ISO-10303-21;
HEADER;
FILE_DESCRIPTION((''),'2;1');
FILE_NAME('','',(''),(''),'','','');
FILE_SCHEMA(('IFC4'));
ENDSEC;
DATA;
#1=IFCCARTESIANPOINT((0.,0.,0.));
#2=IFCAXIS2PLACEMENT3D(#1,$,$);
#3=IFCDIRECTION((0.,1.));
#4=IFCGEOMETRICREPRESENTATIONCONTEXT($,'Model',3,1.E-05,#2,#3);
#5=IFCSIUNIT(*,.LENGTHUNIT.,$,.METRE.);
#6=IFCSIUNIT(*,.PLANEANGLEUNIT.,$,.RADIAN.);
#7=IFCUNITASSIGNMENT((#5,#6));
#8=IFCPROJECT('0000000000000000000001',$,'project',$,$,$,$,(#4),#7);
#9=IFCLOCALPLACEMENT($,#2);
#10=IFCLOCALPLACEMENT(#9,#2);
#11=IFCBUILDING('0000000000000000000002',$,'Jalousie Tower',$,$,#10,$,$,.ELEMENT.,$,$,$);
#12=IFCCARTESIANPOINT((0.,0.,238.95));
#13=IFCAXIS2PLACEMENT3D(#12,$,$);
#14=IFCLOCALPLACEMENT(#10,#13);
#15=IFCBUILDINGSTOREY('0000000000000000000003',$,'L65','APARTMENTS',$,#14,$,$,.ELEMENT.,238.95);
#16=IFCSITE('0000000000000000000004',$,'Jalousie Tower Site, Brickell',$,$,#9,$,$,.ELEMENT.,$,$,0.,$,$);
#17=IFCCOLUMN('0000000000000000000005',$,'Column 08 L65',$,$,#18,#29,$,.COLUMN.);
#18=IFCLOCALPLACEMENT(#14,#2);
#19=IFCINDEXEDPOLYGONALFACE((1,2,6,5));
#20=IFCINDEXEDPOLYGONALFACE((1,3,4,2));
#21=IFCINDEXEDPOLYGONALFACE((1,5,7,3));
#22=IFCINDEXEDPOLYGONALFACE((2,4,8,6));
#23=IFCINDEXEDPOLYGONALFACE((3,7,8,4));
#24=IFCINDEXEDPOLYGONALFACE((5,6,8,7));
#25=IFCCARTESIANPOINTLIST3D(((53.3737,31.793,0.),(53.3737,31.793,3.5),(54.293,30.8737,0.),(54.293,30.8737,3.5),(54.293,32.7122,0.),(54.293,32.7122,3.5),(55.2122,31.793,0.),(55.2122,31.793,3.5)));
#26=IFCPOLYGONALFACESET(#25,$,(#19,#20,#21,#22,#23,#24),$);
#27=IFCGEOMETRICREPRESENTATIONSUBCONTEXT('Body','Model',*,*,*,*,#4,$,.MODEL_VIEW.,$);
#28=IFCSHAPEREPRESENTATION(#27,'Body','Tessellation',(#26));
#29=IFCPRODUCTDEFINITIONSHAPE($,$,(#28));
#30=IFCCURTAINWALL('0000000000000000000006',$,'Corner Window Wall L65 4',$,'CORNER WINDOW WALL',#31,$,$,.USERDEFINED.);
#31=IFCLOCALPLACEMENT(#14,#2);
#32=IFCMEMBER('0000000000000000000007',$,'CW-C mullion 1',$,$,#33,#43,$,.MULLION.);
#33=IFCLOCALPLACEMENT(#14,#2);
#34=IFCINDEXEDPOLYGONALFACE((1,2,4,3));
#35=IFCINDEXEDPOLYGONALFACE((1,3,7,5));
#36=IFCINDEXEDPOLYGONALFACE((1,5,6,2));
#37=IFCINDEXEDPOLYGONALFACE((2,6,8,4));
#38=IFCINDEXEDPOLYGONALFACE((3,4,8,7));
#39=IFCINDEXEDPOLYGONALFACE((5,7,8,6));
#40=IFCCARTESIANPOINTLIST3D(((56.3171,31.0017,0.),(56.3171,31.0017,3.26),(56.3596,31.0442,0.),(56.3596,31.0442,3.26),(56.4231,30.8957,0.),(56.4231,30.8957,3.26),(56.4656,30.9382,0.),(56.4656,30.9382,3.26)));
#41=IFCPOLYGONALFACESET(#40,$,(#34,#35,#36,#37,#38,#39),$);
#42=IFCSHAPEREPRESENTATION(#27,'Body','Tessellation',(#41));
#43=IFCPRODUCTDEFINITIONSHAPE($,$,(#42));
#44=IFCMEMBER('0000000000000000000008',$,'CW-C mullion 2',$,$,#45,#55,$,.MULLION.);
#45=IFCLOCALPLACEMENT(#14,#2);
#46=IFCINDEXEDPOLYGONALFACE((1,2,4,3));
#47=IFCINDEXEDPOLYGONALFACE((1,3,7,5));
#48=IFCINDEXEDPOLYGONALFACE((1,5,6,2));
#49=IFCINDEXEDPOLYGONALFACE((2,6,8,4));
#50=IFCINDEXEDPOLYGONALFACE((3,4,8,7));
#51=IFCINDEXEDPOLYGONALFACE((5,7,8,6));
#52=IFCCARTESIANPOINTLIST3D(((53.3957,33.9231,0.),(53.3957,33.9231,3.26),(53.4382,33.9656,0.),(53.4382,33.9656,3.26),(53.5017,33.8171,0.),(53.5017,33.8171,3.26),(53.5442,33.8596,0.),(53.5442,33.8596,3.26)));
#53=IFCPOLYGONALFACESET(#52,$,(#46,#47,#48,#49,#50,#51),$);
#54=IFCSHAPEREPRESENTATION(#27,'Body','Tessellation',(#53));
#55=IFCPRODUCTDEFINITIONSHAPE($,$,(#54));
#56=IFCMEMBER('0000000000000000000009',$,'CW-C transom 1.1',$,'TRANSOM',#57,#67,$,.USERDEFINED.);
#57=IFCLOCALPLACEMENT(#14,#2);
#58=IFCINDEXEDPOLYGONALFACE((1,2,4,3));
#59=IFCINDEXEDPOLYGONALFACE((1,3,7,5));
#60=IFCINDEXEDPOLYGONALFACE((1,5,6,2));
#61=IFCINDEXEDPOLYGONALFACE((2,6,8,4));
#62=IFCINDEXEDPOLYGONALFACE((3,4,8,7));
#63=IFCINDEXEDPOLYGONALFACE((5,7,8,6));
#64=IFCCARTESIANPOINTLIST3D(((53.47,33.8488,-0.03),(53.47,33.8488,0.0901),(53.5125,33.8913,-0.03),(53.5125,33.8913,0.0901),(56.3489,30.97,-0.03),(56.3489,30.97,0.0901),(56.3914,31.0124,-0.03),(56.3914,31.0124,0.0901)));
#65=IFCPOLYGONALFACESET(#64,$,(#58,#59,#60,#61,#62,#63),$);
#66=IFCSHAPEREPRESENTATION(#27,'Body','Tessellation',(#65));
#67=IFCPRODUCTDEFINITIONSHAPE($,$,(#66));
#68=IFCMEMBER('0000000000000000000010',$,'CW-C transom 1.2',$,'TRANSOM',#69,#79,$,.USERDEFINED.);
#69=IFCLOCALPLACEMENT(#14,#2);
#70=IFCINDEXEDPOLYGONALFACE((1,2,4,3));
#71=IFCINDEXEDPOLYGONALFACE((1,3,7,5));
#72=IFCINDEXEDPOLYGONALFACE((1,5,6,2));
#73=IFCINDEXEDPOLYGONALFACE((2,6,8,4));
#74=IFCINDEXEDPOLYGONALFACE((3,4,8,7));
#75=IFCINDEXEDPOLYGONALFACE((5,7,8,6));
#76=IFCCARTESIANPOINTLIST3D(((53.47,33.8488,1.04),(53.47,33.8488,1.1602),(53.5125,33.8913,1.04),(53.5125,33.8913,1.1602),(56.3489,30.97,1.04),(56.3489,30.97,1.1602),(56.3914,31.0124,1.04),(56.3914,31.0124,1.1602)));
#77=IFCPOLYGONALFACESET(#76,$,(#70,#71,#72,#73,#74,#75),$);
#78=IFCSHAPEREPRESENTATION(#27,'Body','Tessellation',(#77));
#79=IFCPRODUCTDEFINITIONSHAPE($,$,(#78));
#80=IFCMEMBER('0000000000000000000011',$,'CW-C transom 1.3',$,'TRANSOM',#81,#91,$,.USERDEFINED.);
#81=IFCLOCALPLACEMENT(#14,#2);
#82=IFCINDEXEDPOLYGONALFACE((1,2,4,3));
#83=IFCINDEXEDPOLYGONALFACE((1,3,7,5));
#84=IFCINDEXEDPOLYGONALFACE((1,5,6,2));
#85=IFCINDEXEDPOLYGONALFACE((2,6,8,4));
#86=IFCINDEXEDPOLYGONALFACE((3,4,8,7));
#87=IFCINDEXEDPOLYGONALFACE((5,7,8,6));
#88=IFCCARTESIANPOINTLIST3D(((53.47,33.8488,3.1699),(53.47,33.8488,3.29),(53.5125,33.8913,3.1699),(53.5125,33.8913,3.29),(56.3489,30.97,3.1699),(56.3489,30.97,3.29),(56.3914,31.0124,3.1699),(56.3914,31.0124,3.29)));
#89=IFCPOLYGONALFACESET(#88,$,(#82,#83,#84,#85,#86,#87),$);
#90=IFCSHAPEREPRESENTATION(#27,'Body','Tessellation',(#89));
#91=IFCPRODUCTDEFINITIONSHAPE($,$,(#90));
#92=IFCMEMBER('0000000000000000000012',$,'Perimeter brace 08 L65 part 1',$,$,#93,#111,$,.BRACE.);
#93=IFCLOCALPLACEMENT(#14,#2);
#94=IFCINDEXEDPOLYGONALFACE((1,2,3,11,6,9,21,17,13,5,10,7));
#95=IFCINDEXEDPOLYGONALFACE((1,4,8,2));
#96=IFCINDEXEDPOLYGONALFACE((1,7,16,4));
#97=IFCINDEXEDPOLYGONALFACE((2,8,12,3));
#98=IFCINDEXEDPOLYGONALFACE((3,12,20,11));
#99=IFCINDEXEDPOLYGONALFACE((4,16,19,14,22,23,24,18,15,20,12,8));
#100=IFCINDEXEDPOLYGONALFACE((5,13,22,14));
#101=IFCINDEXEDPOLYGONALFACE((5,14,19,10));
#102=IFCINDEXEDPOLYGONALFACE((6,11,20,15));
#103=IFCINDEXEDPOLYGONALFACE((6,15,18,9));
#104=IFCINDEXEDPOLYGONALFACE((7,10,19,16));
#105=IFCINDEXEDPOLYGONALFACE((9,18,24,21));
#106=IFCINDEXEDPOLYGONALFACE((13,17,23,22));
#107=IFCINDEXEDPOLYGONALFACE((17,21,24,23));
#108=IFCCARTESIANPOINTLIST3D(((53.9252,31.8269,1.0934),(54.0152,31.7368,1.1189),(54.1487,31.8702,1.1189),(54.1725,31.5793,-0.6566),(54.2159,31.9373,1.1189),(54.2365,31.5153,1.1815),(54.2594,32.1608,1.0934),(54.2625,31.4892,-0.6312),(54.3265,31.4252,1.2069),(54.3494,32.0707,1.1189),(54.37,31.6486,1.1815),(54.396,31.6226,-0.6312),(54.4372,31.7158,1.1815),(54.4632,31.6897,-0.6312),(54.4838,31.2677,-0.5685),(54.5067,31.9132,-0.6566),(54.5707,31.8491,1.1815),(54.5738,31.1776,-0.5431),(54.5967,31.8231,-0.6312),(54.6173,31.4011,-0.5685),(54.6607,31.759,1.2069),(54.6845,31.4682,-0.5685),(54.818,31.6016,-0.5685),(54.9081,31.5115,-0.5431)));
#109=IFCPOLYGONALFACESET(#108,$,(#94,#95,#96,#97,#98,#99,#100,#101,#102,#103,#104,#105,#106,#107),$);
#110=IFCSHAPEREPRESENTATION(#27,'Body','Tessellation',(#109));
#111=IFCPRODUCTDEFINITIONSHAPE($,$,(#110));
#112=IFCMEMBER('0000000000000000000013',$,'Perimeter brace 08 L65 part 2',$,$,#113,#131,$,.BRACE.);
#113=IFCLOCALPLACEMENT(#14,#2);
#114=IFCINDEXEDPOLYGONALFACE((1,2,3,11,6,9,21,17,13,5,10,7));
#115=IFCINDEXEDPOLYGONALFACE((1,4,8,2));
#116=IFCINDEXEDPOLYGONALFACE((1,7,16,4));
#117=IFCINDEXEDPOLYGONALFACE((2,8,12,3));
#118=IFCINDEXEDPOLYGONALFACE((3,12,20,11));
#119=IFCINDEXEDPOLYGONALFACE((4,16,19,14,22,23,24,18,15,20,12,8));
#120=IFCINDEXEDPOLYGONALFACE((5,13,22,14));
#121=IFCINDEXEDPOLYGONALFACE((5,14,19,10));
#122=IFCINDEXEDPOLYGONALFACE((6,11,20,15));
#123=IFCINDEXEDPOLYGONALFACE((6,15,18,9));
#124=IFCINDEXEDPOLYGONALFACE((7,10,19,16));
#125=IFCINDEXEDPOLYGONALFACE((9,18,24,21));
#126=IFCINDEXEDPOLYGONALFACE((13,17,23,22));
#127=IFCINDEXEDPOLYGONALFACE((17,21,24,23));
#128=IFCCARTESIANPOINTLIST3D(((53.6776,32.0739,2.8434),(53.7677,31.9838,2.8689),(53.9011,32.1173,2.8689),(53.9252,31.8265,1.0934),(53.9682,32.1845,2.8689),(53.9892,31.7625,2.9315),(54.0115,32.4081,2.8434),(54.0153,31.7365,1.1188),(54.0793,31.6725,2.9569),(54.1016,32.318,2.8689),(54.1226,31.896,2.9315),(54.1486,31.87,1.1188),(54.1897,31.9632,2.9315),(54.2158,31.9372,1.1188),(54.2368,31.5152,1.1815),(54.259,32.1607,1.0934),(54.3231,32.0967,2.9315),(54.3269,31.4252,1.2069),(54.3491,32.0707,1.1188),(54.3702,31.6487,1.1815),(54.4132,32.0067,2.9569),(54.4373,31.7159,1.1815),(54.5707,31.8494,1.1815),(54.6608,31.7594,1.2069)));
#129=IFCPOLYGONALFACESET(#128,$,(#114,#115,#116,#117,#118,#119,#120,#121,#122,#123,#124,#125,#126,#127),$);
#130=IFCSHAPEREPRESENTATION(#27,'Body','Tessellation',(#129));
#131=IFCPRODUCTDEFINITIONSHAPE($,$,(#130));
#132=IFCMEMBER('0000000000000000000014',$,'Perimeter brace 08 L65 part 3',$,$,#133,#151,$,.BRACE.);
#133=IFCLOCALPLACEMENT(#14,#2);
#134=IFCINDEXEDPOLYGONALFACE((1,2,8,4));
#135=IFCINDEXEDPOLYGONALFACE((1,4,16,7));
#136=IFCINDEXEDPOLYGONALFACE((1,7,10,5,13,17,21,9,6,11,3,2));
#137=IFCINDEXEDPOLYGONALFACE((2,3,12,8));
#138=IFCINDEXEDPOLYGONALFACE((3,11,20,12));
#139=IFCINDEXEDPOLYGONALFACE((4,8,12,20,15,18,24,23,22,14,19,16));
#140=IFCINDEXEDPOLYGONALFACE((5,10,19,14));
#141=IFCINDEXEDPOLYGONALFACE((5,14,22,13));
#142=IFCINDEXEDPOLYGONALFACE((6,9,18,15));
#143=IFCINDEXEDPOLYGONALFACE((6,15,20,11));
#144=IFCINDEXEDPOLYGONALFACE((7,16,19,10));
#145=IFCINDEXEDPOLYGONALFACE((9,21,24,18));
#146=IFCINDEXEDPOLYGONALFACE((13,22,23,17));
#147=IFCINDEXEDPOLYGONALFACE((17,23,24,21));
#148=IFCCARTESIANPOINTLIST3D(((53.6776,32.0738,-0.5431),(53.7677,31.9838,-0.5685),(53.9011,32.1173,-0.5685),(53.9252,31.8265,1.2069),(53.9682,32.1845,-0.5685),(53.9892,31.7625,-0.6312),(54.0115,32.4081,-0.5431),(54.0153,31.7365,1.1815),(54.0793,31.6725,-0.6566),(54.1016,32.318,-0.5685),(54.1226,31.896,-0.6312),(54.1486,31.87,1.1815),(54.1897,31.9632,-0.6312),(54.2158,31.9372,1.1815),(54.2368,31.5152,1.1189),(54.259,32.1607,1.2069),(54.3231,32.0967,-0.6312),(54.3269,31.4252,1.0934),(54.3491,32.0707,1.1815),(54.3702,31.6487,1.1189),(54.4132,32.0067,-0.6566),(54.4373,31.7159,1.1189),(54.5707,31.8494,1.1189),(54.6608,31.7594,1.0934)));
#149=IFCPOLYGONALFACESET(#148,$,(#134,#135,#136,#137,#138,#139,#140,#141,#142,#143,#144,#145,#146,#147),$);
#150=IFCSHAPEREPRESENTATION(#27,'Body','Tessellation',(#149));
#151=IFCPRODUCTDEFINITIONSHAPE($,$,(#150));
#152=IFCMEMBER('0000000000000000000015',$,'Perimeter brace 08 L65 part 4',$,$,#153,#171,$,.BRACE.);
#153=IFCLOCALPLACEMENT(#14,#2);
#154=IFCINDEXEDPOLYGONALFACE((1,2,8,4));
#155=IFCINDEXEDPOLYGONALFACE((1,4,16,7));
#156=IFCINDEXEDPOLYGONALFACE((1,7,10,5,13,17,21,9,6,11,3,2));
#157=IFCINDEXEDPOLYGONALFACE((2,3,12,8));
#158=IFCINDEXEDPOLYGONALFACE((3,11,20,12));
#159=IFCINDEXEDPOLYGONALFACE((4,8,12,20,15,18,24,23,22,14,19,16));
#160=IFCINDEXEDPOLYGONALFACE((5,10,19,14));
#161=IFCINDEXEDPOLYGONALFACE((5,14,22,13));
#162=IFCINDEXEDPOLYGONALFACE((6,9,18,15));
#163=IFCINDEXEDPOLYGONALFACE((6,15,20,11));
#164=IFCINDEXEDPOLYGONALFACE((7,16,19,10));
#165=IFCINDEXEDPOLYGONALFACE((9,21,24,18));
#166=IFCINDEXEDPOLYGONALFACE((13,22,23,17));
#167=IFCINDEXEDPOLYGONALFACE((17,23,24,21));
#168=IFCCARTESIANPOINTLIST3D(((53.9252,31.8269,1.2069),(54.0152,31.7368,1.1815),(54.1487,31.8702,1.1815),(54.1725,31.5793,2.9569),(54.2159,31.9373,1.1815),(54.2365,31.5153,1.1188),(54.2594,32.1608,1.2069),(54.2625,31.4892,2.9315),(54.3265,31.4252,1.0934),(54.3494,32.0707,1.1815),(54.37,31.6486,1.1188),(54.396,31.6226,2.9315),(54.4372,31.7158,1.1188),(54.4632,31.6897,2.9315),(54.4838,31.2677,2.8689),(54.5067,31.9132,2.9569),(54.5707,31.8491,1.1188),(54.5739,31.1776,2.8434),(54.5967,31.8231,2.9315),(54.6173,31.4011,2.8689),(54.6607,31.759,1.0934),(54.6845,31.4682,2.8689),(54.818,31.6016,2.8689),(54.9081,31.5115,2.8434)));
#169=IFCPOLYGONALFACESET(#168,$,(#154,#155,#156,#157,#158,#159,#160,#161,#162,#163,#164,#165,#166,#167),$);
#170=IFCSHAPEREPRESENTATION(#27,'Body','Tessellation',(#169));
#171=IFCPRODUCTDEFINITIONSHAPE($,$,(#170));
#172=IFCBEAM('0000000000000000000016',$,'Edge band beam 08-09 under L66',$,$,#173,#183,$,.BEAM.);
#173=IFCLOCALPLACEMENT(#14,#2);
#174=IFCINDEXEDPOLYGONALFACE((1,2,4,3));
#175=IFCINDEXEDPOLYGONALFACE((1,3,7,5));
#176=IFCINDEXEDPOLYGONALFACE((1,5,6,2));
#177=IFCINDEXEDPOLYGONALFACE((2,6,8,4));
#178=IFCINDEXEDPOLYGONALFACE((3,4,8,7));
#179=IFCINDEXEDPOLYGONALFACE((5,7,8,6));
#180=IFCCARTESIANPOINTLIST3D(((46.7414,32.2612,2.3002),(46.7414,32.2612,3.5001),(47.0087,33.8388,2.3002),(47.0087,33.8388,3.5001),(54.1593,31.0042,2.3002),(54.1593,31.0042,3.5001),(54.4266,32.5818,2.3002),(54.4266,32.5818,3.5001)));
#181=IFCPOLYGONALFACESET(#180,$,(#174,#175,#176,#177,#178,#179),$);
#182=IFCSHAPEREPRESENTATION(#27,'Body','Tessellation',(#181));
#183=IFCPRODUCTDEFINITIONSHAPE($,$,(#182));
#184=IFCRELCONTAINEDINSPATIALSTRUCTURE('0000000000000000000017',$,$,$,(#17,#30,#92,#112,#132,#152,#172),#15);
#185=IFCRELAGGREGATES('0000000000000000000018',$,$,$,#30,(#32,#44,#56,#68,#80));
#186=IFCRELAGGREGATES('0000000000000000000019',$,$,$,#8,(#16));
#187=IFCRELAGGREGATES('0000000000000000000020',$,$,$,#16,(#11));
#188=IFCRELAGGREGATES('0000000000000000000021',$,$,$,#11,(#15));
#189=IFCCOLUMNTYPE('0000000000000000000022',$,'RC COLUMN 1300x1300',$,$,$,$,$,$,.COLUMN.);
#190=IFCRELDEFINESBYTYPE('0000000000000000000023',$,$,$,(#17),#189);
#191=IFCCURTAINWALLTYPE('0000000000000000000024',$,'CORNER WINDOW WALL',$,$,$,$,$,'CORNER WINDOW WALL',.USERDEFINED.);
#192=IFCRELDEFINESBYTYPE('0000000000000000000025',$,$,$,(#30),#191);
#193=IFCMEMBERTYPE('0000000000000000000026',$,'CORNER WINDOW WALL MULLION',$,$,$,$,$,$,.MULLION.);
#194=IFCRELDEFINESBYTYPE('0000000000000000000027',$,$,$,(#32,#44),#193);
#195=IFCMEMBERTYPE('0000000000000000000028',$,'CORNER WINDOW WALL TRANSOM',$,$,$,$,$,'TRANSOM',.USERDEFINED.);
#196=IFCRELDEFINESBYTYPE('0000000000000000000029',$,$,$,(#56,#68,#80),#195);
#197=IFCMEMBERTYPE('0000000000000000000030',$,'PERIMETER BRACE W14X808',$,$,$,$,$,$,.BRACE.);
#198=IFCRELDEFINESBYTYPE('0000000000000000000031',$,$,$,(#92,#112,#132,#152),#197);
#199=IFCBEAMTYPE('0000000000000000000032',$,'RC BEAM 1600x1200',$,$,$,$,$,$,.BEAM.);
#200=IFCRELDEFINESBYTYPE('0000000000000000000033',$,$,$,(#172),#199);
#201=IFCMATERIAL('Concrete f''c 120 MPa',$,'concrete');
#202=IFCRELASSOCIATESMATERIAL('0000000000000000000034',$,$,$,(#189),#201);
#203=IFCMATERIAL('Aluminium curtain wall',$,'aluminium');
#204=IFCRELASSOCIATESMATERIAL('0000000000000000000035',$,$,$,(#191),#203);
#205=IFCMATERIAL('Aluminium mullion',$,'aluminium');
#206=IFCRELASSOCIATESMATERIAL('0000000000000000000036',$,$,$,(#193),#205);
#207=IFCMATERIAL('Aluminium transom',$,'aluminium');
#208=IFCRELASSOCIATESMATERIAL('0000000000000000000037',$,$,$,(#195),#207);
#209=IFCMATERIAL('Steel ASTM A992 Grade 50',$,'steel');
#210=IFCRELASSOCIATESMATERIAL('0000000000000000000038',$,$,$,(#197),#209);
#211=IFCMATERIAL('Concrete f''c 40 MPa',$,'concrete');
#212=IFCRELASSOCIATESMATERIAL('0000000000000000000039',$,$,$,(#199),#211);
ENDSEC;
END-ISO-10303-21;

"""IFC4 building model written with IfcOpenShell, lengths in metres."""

from ifc_helpers import new_model, si_unit, direction, frame, origin, origin_2d, place, context, subcontext, project, spatial, rectangle, i_section, extrude, material, material_profile, profile_set, type_object, element, aggregate, save


model = new_model("IFC4")

# Units and contexts
model_context = context("Model", 3, precision=1e-05, world=origin(), true_north=direction((0.0, 1.0)))
body_context = subcontext(model_context, "Body", "Model", "MODEL_VIEW")
ifc_project = project(units=[si_unit("LENGTHUNIT", "METRE"), si_unit("PLANEANGLEUNIT", "RADIAN")], contexts=[model_context])

# Site, building, storey
site_placement = place(None, origin())
site = spatial("IfcSite", under=ifc_project, at=site_placement, Name="Jalousie Tower Site, Brickell", CompositionType="ELEMENT", RefElevation=0.0)
building_placement = place(site_placement, origin())
building = spatial("IfcBuilding", under=site, at=building_placement, Name="Jalousie Tower", CompositionType="ELEMENT")
storey_placement = place(building_placement, frame((0.0, 0.0, 238.95)))
storey = spatial("IfcBuildingStorey", under=building, at=storey_placement, Name="L65", Description="APARTMENTS", CompositionType="ELEMENT", Elevation=238.95)

# Column
ifc_material_1 = material(Name="Concrete f'c 120 MPa", Category="concrete")
ifc_material_profile_1 = material_profile(ifc_material_1, rectangle(XDim=1.3, YDim=1.3, at=origin_2d()), Name="RC 1300x1300")
ifc_profile_set_1 = profile_set([ifc_material_profile_1], Name="Concrete f'c 120 MPa")
column_type = type_object("IfcColumnType", Name="RC COLUMN 1300x1300", PredefinedType="COLUMN", material=ifc_profile_set_1)
column_placement = place(storey_placement, frame((54.293, 31.793, 0.0), z_axis=(0.0, 0.0, 1.0), x_axis=(0.707107, 0.707107, 0.0)))
element("IfcColumn", 1, at=column_placement, inside=storey, type_object=column_type, Name="Column 08 L65", PredefinedType="COLUMN", context=body_context, shape_type="SweptSolid", body=[
    extrude(rectangle(XDim=1.3, YDim=1.3, at=origin_2d()), origin(), (0.0, 0.0, 1.0), 3.5),
])

# Curtain wall, members
ifc_material_2 = material(Name="Aluminium curtain wall", Category="aluminium")
curtain_wall_type_1 = type_object("IfcCurtainWallType", Name="CORNER WINDOW WALL", ElementType="CORNER WINDOW WALL", PredefinedType="USERDEFINED", material=ifc_material_2)
curtain_wall_1_placement = place(storey_placement, origin())
curtain_wall_1 = element("IfcCurtainWall", 2, at=curtain_wall_1_placement, inside=storey, type_object=curtain_wall_type_1, Name="Corner Window Wall L65 4", ObjectType="CORNER WINDOW WALL", PredefinedType="USERDEFINED")
ifc_material_3 = material(Name="Aluminium mullion", Category="aluminium")
ifc_material_profile_2 = material_profile(ifc_material_3, rectangle(XDim=0.0601, YDim=0.1499, at=origin_2d()), Name="MULLION 60x150")
ifc_profile_set_2 = profile_set([ifc_material_profile_2], Name="Aluminium mullion")
member_type_1 = type_object("IfcMemberType", Name="CORNER WINDOW WALL MULLION", PredefinedType="MULLION", material=ifc_profile_set_2)
member_1_placement = place(storey_placement, frame((56.3914, 30.97, 0.0), z_axis=(0.0, 0.0, 1.0), x_axis=(-0.707107, -0.707107, 0.0)))
member_1 = element("IfcMember", 3, at=member_1_placement, type_object=member_type_1, Name="CW-C mullion 1", PredefinedType="MULLION", context=body_context, shape_type="SweptSolid", body=[
    extrude(rectangle(XDim=0.0601, YDim=0.1499, at=origin_2d()), origin(), (0.0, 0.0, 1.0), 3.26),
])
member_2_placement = place(storey_placement, frame((53.47, 33.8914, 0.0), z_axis=(0.0, 0.0, 1.0), x_axis=(-0.707107, -0.707107, 0.0)))
member_2 = element("IfcMember", 4, at=member_2_placement, type_object=member_type_1, Name="CW-C mullion 2", PredefinedType="MULLION", context=body_context, shape_type="SweptSolid", body=[
    extrude(rectangle(XDim=0.0601, YDim=0.1499, at=origin_2d()), origin(), (0.0, 0.0, 1.0), 3.26),
])
ifc_material_4 = material(Name="Aluminium transom", Category="aluminium")
ifc_material_profile_3 = material_profile(ifc_material_4, rectangle(XDim=0.0601, YDim=0.1201, at=origin_2d()), Name="TRANSOM 60x120")
ifc_profile_set_3 = profile_set([ifc_material_profile_3], Name="Aluminium transom")
member_type_2 = type_object("IfcMemberType", Name="CORNER WINDOW WALL TRANSOM", ElementType="TRANSOM", PredefinedType="USERDEFINED", material=ifc_profile_set_3)
member_3_placement = place(storey_placement, frame((56.3701, 30.9912, 0.03), z_axis=(-0.707107, 0.707107, 0.0), x_axis=(-0.707107, -0.707107, 0.0)))
member_3 = element("IfcMember", 5, at=member_3_placement, type_object=member_type_2, Name="CW-C transom 1.1", ObjectType="TRANSOM", PredefinedType="USERDEFINED", context=body_context, shape_type="SweptSolid", body=[
    extrude(rectangle(XDim=0.0601, YDim=0.1201, at=origin_2d()), origin(), (0.0, 0.0, 1.0), 4.0713),
])
member_4_placement = place(storey_placement, frame((56.3701, 30.9912, 1.1001), z_axis=(-0.707107, 0.707107, 0.0), x_axis=(-0.707107, -0.707107, 0.0)))
member_4 = element("IfcMember", 6, at=member_4_placement, type_object=member_type_2, Name="CW-C transom 1.2", ObjectType="TRANSOM", PredefinedType="USERDEFINED", context=body_context, shape_type="SweptSolid", body=[
    extrude(rectangle(XDim=0.0601, YDim=0.1201, at=origin_2d()), origin(), (0.0, 0.0, 1.0), 4.0713),
])
member_5_placement = place(storey_placement, frame((56.3701, 30.9912, 3.23), z_axis=(-0.707107, 0.707107, 0.0), x_axis=(-0.707107, -0.707107, 0.0)))
member_5 = element("IfcMember", 7, at=member_5_placement, type_object=member_type_2, Name="CW-C transom 1.3", ObjectType="TRANSOM", PredefinedType="USERDEFINED", context=body_context, shape_type="SweptSolid", body=[
    extrude(rectangle(XDim=0.0601, YDim=0.1201, at=origin_2d()), origin(), (0.0, 0.0, 1.0), 4.0713),
])

# Members
ifc_material_5 = material(Name="Steel ASTM A992 Grade 50", Category="steel")
ifc_material_profile_4 = material_profile(ifc_material_5, i_section(OverallWidth=0.4724, OverallDepth=0.5791, WebThickness=0.095, FlangeThickness=0.1299, at=origin_2d()), Name="W14X808")
ifc_profile_set_4 = profile_set([ifc_material_profile_4], Name="Steel ASTM A992 Grade 50")
member_type_3 = type_object("IfcMemberType", Name="PERIMETER BRACE W14X808", PredefinedType="BRACE", material=ifc_profile_set_4)
for number, where, z_axis, x_axis, name in (
    (8, (54.5403, 31.5454, -0.5999), (-0.138579, 0.138716, 0.980588), (-0.707456, -0.706758, 0.0), "Perimeter brace 08 L65 part 1"),
    (9, (54.293, 31.793, 1.1501), (-0.138716, 0.138579, 0.980588), (-0.706758, -0.707456, 0.0), "Perimeter brace 08 L65 part 2"),
    (10, (54.0454, 32.0403, -0.5999), (0.138716, -0.138579, 0.980588), (0.706758, 0.707456, 0.0), "Perimeter brace 08 L65 part 3"),
    (11, (54.293, 31.793, 1.1501), (0.138579, -0.138716, 0.980588), (0.707456, 0.706758, 0.0), "Perimeter brace 08 L65 part 4"),
):
    element("IfcMember", number, at=place(storey_placement, frame(where, z_axis=z_axis, x_axis=x_axis)), inside=storey, type_object=member_type_3, Name=name, PredefinedType="BRACE", context=body_context, shape_type="SweptSolid", body=[
        extrude(i_section(OverallWidth=0.4724, OverallDepth=0.5791, WebThickness=0.095, FlangeThickness=0.1299, at=origin_2d()), origin(), (0.0, 0.0, 1.0), 1.7847),
    ])

# Beam
ifc_material_6 = material(Name="Concrete f'c 40 MPa", Category="concrete")
ifc_material_profile_5 = material_profile(ifc_material_6, rectangle(XDim=1.6001, YDim=1.2, at=origin_2d()), Name="RC 1600x1200")
ifc_profile_set_5 = profile_set([ifc_material_profile_5], Name="Concrete f'c 40 MPa")
beam_type = type_object("IfcBeamType", Name="RC BEAM 1600x1200", PredefinedType="BEAM", material=ifc_profile_set_5)
beam_placement = place(storey_placement, frame((54.293, 31.793, 2.9001), z_axis=(-0.985943, 0.167082, 0.0), x_axis=(-0.167082, -0.985943, 0.0)))
element("IfcBeam", 12, at=beam_placement, inside=storey, type_object=beam_type, Name="Edge band beam 08-09 under L66", PredefinedType="BEAM", context=body_context, shape_type="SweptSolid", body=[
    extrude(rectangle(XDim=1.6001, YDim=1.2, at=origin_2d()), origin(), (0.0, 0.0, 1.0), 7.5237),
])

aggregate(curtain_wall_1, [member_1, member_2, member_3, member_4, member_5])

save(model, "model.ifc")
